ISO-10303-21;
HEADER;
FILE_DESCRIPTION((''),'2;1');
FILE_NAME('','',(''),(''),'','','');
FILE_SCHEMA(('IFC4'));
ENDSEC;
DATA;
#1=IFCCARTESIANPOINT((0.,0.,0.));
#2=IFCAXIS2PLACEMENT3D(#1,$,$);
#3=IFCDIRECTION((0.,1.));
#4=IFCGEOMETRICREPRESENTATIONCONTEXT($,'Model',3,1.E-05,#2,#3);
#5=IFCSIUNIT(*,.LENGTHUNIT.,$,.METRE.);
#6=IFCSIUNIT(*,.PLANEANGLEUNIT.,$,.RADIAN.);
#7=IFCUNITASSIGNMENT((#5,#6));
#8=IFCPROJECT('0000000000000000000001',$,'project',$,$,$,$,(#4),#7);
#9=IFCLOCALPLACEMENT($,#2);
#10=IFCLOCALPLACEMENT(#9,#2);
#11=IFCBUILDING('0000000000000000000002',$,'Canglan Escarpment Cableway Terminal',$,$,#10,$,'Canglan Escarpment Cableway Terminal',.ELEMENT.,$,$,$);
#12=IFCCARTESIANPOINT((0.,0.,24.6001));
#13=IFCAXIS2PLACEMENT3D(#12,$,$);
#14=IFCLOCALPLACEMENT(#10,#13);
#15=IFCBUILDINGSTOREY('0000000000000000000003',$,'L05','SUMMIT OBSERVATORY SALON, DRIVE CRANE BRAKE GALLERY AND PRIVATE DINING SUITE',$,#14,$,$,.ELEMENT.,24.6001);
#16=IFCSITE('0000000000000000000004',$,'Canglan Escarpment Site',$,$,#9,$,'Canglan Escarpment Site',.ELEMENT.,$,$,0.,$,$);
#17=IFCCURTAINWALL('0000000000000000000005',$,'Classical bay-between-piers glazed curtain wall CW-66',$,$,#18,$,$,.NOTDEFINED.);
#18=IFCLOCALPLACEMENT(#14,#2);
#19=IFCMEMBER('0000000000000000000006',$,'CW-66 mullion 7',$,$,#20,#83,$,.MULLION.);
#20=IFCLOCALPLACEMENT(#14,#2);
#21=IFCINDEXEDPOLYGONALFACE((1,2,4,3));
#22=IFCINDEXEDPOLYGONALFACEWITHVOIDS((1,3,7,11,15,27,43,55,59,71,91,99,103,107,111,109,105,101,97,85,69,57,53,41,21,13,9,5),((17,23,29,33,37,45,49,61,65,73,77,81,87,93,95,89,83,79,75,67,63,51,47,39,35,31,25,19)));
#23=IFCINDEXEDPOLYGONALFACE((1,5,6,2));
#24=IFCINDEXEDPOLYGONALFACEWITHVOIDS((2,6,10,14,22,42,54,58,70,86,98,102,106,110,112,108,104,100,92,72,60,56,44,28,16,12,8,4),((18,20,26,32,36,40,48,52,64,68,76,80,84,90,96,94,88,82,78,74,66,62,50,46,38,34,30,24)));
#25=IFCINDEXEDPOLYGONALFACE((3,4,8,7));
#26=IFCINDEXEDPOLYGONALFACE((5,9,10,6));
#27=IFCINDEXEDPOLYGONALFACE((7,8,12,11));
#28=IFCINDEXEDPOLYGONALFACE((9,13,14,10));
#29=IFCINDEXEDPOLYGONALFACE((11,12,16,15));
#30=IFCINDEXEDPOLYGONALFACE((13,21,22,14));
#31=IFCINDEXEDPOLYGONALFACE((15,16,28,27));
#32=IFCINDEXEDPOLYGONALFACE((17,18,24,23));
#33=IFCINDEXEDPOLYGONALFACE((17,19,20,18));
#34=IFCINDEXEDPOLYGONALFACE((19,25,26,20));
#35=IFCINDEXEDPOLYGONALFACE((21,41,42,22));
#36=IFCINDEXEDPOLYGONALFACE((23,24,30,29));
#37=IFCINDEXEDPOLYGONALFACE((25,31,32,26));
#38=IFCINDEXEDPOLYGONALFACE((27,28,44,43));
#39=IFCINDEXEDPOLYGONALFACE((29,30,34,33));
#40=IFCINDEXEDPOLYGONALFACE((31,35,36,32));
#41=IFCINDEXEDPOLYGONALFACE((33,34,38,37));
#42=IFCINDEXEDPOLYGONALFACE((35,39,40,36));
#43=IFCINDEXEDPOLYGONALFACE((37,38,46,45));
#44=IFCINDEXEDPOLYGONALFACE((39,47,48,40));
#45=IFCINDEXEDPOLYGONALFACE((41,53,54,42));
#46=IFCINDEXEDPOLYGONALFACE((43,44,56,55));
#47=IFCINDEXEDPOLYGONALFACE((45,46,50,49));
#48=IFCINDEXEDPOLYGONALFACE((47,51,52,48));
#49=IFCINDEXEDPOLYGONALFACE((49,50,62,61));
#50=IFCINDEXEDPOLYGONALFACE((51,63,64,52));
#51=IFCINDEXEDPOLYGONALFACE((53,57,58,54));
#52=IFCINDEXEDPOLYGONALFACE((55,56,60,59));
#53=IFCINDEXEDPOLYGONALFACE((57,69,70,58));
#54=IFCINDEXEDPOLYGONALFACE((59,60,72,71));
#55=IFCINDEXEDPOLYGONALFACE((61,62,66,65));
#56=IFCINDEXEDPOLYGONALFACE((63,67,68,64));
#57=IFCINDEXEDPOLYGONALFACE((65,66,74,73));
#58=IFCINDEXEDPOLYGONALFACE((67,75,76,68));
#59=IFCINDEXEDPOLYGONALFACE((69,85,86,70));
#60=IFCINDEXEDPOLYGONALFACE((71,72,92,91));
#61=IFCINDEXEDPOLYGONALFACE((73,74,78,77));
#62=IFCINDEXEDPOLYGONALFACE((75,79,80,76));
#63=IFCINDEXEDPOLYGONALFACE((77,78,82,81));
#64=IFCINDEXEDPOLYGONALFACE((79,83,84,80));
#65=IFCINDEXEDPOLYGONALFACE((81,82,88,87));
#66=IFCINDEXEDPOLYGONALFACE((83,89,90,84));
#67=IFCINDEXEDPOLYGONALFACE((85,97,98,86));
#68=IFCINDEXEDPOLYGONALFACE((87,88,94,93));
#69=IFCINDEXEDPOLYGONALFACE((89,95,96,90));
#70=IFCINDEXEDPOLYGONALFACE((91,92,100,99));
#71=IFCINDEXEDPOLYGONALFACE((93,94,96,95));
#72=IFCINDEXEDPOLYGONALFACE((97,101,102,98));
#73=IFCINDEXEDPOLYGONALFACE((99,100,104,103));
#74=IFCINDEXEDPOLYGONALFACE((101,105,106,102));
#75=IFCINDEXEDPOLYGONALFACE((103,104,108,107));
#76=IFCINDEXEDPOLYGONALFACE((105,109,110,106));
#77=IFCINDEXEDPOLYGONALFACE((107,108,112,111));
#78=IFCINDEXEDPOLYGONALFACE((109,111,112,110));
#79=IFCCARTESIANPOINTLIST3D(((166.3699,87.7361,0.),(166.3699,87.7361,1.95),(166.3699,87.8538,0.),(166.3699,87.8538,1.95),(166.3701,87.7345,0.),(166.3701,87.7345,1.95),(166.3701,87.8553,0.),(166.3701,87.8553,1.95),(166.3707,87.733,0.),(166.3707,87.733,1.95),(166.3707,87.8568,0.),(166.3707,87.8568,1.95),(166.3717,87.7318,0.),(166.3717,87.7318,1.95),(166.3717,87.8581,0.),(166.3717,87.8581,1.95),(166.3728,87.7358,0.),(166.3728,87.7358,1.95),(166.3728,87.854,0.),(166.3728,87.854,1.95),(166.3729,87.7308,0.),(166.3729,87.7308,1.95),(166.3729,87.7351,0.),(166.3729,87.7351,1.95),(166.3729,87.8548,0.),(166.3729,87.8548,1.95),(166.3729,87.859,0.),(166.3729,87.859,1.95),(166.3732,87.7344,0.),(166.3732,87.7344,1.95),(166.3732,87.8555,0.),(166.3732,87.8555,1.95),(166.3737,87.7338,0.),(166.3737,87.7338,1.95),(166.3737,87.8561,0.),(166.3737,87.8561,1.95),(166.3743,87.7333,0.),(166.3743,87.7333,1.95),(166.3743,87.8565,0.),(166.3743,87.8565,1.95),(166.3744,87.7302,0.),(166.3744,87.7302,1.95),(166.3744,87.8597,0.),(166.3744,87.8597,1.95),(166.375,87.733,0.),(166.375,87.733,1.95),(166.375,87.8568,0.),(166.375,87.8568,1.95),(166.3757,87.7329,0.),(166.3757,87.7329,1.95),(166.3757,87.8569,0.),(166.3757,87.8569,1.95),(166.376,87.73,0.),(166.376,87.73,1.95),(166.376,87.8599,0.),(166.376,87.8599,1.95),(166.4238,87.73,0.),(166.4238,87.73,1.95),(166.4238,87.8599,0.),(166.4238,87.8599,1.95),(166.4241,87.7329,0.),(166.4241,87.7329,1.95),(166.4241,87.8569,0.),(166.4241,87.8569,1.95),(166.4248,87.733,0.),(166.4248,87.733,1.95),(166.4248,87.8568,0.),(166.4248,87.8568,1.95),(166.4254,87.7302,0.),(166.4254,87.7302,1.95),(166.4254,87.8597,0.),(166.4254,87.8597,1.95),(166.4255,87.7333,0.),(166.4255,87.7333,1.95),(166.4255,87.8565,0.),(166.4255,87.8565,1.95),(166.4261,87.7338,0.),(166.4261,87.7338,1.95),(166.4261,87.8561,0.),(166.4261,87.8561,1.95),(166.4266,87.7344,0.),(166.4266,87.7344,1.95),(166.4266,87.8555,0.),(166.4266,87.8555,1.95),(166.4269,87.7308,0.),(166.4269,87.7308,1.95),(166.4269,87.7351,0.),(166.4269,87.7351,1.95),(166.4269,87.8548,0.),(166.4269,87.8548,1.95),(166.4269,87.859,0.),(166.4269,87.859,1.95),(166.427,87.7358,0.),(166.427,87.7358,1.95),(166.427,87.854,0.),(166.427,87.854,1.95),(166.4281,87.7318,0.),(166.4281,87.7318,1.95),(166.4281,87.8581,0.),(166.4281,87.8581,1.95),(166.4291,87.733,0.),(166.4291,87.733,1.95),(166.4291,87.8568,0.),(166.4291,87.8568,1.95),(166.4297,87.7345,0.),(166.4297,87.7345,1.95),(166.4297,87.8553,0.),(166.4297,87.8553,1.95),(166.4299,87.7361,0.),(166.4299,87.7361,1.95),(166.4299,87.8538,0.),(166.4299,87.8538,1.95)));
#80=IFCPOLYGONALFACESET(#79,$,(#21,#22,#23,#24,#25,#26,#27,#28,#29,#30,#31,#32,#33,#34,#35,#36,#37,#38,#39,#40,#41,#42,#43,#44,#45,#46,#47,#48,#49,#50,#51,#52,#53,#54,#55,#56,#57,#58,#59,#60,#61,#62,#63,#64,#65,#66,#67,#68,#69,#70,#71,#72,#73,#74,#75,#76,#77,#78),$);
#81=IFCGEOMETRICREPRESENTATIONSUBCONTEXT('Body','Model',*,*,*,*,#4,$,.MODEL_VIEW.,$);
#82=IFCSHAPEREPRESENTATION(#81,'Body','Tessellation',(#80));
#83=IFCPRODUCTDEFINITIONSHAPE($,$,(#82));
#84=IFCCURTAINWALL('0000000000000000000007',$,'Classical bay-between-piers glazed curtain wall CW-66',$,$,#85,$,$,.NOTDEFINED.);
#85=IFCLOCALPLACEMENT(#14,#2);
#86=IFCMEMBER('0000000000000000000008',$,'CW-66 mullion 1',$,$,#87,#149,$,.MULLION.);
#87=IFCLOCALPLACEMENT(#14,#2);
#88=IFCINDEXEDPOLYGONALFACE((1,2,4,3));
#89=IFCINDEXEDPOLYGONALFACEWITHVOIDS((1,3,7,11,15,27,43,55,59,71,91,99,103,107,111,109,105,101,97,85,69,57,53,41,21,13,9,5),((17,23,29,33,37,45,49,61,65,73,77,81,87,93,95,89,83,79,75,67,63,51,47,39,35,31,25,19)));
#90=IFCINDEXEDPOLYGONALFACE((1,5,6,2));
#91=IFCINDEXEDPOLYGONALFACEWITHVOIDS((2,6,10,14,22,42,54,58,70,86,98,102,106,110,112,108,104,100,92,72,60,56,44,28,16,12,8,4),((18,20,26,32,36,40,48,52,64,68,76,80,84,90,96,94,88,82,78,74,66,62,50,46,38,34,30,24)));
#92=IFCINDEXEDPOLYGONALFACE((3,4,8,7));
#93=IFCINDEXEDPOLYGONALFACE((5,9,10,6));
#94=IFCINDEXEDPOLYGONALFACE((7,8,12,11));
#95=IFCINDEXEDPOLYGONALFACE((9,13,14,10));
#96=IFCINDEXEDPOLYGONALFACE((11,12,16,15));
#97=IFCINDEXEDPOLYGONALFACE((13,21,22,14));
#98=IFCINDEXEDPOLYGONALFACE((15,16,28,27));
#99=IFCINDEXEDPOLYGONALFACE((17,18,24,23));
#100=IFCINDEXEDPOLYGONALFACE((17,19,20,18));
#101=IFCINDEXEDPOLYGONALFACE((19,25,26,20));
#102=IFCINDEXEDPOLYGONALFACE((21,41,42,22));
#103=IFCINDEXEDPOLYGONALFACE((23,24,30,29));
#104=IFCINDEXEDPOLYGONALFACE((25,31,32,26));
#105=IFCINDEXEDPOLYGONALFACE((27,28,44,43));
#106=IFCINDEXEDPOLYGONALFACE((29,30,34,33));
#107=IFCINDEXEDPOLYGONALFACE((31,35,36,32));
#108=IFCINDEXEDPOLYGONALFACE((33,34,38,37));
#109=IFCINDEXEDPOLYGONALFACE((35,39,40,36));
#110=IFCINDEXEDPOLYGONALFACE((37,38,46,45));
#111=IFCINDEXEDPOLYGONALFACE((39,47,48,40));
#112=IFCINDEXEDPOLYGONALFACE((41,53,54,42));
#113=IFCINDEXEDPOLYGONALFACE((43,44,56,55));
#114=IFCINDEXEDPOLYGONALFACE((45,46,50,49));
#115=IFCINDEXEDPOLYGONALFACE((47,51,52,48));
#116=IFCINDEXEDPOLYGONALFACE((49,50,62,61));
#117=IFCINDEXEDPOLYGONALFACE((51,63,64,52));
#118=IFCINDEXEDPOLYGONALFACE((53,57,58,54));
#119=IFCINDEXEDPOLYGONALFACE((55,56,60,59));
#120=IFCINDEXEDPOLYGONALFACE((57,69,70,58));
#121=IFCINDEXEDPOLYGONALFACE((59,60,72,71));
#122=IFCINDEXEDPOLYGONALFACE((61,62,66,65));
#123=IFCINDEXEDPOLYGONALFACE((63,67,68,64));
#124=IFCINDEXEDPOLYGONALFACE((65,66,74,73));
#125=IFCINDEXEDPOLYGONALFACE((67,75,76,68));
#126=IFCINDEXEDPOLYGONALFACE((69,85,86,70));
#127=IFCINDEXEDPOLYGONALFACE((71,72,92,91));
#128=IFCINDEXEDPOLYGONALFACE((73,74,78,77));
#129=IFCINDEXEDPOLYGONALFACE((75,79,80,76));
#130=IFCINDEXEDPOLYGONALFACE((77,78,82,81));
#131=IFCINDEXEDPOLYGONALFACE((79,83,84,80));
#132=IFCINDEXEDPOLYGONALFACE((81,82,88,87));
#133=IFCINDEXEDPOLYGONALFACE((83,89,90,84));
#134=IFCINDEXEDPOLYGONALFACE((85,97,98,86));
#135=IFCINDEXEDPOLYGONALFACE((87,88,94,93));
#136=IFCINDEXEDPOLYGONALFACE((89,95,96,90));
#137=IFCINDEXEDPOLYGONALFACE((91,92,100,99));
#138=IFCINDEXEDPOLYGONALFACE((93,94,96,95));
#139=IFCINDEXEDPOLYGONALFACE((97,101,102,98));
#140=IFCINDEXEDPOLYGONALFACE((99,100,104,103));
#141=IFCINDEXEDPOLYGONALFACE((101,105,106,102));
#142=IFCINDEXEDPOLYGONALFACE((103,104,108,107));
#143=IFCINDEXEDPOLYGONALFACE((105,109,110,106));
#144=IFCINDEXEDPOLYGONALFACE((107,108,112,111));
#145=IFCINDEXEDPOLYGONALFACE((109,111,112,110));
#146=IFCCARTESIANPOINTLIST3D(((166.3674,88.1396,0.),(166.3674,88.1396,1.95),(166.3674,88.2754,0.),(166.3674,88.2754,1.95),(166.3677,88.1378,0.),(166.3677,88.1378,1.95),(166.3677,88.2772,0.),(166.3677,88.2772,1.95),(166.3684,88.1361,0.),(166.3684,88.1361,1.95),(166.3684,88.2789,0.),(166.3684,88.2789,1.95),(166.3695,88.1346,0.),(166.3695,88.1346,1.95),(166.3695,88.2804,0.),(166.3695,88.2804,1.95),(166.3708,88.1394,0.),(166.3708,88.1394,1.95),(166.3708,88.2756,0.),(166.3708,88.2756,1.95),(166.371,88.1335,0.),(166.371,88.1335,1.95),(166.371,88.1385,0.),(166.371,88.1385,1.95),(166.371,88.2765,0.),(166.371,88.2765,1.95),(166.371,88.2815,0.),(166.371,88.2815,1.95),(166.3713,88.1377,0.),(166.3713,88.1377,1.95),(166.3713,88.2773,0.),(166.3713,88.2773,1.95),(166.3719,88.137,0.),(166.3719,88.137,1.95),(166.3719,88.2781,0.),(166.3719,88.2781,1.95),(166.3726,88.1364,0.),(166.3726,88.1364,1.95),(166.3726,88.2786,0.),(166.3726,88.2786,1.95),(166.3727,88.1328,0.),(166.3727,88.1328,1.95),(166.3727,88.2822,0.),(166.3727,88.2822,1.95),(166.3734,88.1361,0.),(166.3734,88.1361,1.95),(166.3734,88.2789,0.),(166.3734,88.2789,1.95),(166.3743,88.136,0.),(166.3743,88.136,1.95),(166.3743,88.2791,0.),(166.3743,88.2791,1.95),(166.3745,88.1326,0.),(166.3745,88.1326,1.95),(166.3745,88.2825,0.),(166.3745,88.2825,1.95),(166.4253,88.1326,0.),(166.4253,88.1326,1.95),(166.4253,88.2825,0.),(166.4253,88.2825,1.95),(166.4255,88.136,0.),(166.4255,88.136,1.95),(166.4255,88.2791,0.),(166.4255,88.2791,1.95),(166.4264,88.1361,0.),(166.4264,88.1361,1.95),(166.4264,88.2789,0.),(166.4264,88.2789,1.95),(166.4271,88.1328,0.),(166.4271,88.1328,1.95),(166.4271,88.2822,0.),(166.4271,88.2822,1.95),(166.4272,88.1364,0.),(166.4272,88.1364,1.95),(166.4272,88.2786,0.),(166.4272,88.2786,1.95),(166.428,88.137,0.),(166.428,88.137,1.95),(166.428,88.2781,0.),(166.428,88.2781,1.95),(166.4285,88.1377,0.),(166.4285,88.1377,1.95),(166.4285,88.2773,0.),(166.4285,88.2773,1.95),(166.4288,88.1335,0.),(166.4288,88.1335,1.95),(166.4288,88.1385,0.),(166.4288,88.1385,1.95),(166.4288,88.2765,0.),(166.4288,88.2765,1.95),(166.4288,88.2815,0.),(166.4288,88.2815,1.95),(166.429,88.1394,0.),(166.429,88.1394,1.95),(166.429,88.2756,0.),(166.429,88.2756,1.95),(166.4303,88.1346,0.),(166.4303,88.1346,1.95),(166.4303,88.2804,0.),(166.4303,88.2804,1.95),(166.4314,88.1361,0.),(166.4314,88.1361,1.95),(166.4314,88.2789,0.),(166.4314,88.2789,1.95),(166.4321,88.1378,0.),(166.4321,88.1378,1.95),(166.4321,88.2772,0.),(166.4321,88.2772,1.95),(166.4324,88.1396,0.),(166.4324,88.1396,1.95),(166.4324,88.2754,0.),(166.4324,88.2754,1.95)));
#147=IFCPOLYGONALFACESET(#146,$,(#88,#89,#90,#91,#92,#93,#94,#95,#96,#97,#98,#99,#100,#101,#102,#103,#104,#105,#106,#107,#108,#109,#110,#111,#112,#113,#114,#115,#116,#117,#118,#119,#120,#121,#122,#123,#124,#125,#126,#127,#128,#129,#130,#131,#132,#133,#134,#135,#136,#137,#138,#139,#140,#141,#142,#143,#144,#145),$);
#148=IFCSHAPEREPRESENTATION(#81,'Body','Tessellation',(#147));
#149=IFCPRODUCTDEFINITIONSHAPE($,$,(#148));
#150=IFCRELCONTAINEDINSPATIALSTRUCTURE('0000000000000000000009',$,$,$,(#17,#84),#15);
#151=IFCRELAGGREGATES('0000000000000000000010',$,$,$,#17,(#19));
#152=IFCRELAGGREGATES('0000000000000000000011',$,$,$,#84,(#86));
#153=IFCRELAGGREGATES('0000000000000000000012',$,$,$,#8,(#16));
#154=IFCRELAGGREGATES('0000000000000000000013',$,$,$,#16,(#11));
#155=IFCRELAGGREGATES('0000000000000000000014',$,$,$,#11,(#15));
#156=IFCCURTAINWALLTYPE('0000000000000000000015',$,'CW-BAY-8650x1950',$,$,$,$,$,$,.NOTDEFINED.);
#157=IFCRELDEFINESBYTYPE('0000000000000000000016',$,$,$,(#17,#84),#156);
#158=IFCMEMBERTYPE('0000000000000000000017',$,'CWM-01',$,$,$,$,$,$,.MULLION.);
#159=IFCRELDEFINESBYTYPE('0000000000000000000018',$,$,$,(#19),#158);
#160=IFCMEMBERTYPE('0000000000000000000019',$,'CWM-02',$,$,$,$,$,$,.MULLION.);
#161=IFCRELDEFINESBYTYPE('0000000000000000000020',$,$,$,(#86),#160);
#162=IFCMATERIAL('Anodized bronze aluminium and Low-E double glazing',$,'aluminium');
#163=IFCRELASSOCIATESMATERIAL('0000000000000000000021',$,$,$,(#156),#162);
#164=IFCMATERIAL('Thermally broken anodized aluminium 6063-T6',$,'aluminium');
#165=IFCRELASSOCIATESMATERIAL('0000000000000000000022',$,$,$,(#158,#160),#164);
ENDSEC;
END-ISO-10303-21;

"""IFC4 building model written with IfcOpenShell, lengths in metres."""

from ifc_helpers import new_model, si_unit, direction, frame, origin, origin_2d, place, context, subcontext, project, spatial, hollow_rectangle, extrude, material, material_profile, profile_set, type_object, element, aggregate, save


model = new_model("IFC4")

# Units and contexts
model_context = context("Model", 3, precision=1e-05, world=origin(), true_north=direction((0.0, 1.0)))
body_context = subcontext(model_context, "Body", "Model", "MODEL_VIEW")
ifc_project = project(units=[si_unit("LENGTHUNIT", "METRE"), si_unit("PLANEANGLEUNIT", "RADIAN")], contexts=[model_context])

# Site, building, storey
site_placement = place(None, origin())
site = spatial("IfcSite", under=ifc_project, at=site_placement, Name="Canglan Escarpment Site", LongName="Canglan Escarpment Site", CompositionType="ELEMENT", RefElevation=0.0)
building_placement = place(site_placement, origin())
building = spatial("IfcBuilding", under=site, at=building_placement, Name="Canglan Escarpment Cableway Terminal", LongName="Canglan Escarpment Cableway Terminal", CompositionType="ELEMENT")
storey_placement = place(building_placement, frame((0.0, 0.0, 24.6001)))
storey = spatial("IfcBuildingStorey", under=building, at=storey_placement, Name="L05", Description="SUMMIT OBSERVATORY SALON, DRIVE CRANE BRAKE GALLERY AND PRIVATE DINING SUITE", CompositionType="ELEMENT", Elevation=24.6001)

# Curtain walls, members
ifc_material_1 = material(Name="Anodized bronze aluminium and Low-E double glazing", Category="aluminium")
curtain_wall_type = type_object("IfcCurtainWallType", Name="CW-BAY-8650x1950", PredefinedType="NOTDEFINED", material=ifc_material_1)
curtain_wall_1_placement = place(storey_placement, origin())
curtain_wall_1 = element("IfcCurtainWall", 1, at=curtain_wall_1_placement, inside=storey, type_object=curtain_wall_type, Name="Classical bay-between-piers glazed curtain wall CW-66", PredefinedType="NOTDEFINED")
ifc_material_2 = material(Name="Thermally broken anodized aluminium 6063-T6", Category="aluminium")
ifc_material_profile_1 = material_profile(ifc_material_2, hollow_rectangle(XDim=0.0601, YDim=0.1299, WallThickness=0.0029, InnerFilletRadius=0.0029, OuterFilletRadius=0.0061, at=origin_2d()), Name="ALU-MULL 60x130x3")
ifc_profile_set_1 = profile_set([ifc_material_profile_1], Name="Thermally broken anodized aluminium 6063-T6")
member_type_1 = type_object("IfcMemberType", Name="CWM-01", PredefinedType="MULLION", material=ifc_profile_set_1)
member_1_placement = place(storey_placement, frame((166.3999, 87.7949, 0.0), z_axis=(0.0, 0.0, 1.0), x_axis=(-1.0, 0.0, 0.0)))
member_1 = element("IfcMember", 2, at=member_1_placement, type_object=member_type_1, Name="CW-66 mullion 7", PredefinedType="MULLION", context=body_context, shape_type="SweptSolid", body=[
    extrude(hollow_rectangle(XDim=0.0601, YDim=0.1299, WallThickness=0.0029, InnerFilletRadius=0.0029, OuterFilletRadius=0.0061, at=origin_2d()), origin(), (0.0, 0.0, 1.0), 1.95),
])
curtain_wall_2_placement = place(storey_placement, origin())
curtain_wall_2 = element("IfcCurtainWall", 3, at=curtain_wall_2_placement, inside=storey, type_object=curtain_wall_type, Name="Classical bay-between-piers glazed curtain wall CW-66", PredefinedType="NOTDEFINED")
ifc_material_profile_2 = material_profile(ifc_material_2, hollow_rectangle(XDim=0.0649, YDim=0.1499, WallThickness=0.0034, InnerFilletRadius=0.0034, OuterFilletRadius=0.0071, at=origin_2d()), Name="ALU-MULL 65x150x3.5")
ifc_profile_set_2 = profile_set([ifc_material_profile_2], Name="Thermally broken anodized aluminium 6063-T6")
member_type_2 = type_object("IfcMemberType", Name="CWM-02", PredefinedType="MULLION", material=ifc_profile_set_2)
member_2_placement = place(storey_placement, frame((166.3999, 88.2075, 0.0), z_axis=(0.0, 0.0, 1.0), x_axis=(-1.0, 0.0, 0.0)))
member_2 = element("IfcMember", 4, at=member_2_placement, type_object=member_type_2, Name="CW-66 mullion 1", PredefinedType="MULLION", context=body_context, shape_type="SweptSolid", body=[
    extrude(hollow_rectangle(XDim=0.0649, YDim=0.1499, WallThickness=0.0034, InnerFilletRadius=0.0034, OuterFilletRadius=0.0071, at=origin_2d()), origin(), (0.0, 0.0, 1.0), 1.95),
])

aggregate(curtain_wall_1, [member_1])
aggregate(curtain_wall_2, [member_2])

save(model, "model.ifc")
